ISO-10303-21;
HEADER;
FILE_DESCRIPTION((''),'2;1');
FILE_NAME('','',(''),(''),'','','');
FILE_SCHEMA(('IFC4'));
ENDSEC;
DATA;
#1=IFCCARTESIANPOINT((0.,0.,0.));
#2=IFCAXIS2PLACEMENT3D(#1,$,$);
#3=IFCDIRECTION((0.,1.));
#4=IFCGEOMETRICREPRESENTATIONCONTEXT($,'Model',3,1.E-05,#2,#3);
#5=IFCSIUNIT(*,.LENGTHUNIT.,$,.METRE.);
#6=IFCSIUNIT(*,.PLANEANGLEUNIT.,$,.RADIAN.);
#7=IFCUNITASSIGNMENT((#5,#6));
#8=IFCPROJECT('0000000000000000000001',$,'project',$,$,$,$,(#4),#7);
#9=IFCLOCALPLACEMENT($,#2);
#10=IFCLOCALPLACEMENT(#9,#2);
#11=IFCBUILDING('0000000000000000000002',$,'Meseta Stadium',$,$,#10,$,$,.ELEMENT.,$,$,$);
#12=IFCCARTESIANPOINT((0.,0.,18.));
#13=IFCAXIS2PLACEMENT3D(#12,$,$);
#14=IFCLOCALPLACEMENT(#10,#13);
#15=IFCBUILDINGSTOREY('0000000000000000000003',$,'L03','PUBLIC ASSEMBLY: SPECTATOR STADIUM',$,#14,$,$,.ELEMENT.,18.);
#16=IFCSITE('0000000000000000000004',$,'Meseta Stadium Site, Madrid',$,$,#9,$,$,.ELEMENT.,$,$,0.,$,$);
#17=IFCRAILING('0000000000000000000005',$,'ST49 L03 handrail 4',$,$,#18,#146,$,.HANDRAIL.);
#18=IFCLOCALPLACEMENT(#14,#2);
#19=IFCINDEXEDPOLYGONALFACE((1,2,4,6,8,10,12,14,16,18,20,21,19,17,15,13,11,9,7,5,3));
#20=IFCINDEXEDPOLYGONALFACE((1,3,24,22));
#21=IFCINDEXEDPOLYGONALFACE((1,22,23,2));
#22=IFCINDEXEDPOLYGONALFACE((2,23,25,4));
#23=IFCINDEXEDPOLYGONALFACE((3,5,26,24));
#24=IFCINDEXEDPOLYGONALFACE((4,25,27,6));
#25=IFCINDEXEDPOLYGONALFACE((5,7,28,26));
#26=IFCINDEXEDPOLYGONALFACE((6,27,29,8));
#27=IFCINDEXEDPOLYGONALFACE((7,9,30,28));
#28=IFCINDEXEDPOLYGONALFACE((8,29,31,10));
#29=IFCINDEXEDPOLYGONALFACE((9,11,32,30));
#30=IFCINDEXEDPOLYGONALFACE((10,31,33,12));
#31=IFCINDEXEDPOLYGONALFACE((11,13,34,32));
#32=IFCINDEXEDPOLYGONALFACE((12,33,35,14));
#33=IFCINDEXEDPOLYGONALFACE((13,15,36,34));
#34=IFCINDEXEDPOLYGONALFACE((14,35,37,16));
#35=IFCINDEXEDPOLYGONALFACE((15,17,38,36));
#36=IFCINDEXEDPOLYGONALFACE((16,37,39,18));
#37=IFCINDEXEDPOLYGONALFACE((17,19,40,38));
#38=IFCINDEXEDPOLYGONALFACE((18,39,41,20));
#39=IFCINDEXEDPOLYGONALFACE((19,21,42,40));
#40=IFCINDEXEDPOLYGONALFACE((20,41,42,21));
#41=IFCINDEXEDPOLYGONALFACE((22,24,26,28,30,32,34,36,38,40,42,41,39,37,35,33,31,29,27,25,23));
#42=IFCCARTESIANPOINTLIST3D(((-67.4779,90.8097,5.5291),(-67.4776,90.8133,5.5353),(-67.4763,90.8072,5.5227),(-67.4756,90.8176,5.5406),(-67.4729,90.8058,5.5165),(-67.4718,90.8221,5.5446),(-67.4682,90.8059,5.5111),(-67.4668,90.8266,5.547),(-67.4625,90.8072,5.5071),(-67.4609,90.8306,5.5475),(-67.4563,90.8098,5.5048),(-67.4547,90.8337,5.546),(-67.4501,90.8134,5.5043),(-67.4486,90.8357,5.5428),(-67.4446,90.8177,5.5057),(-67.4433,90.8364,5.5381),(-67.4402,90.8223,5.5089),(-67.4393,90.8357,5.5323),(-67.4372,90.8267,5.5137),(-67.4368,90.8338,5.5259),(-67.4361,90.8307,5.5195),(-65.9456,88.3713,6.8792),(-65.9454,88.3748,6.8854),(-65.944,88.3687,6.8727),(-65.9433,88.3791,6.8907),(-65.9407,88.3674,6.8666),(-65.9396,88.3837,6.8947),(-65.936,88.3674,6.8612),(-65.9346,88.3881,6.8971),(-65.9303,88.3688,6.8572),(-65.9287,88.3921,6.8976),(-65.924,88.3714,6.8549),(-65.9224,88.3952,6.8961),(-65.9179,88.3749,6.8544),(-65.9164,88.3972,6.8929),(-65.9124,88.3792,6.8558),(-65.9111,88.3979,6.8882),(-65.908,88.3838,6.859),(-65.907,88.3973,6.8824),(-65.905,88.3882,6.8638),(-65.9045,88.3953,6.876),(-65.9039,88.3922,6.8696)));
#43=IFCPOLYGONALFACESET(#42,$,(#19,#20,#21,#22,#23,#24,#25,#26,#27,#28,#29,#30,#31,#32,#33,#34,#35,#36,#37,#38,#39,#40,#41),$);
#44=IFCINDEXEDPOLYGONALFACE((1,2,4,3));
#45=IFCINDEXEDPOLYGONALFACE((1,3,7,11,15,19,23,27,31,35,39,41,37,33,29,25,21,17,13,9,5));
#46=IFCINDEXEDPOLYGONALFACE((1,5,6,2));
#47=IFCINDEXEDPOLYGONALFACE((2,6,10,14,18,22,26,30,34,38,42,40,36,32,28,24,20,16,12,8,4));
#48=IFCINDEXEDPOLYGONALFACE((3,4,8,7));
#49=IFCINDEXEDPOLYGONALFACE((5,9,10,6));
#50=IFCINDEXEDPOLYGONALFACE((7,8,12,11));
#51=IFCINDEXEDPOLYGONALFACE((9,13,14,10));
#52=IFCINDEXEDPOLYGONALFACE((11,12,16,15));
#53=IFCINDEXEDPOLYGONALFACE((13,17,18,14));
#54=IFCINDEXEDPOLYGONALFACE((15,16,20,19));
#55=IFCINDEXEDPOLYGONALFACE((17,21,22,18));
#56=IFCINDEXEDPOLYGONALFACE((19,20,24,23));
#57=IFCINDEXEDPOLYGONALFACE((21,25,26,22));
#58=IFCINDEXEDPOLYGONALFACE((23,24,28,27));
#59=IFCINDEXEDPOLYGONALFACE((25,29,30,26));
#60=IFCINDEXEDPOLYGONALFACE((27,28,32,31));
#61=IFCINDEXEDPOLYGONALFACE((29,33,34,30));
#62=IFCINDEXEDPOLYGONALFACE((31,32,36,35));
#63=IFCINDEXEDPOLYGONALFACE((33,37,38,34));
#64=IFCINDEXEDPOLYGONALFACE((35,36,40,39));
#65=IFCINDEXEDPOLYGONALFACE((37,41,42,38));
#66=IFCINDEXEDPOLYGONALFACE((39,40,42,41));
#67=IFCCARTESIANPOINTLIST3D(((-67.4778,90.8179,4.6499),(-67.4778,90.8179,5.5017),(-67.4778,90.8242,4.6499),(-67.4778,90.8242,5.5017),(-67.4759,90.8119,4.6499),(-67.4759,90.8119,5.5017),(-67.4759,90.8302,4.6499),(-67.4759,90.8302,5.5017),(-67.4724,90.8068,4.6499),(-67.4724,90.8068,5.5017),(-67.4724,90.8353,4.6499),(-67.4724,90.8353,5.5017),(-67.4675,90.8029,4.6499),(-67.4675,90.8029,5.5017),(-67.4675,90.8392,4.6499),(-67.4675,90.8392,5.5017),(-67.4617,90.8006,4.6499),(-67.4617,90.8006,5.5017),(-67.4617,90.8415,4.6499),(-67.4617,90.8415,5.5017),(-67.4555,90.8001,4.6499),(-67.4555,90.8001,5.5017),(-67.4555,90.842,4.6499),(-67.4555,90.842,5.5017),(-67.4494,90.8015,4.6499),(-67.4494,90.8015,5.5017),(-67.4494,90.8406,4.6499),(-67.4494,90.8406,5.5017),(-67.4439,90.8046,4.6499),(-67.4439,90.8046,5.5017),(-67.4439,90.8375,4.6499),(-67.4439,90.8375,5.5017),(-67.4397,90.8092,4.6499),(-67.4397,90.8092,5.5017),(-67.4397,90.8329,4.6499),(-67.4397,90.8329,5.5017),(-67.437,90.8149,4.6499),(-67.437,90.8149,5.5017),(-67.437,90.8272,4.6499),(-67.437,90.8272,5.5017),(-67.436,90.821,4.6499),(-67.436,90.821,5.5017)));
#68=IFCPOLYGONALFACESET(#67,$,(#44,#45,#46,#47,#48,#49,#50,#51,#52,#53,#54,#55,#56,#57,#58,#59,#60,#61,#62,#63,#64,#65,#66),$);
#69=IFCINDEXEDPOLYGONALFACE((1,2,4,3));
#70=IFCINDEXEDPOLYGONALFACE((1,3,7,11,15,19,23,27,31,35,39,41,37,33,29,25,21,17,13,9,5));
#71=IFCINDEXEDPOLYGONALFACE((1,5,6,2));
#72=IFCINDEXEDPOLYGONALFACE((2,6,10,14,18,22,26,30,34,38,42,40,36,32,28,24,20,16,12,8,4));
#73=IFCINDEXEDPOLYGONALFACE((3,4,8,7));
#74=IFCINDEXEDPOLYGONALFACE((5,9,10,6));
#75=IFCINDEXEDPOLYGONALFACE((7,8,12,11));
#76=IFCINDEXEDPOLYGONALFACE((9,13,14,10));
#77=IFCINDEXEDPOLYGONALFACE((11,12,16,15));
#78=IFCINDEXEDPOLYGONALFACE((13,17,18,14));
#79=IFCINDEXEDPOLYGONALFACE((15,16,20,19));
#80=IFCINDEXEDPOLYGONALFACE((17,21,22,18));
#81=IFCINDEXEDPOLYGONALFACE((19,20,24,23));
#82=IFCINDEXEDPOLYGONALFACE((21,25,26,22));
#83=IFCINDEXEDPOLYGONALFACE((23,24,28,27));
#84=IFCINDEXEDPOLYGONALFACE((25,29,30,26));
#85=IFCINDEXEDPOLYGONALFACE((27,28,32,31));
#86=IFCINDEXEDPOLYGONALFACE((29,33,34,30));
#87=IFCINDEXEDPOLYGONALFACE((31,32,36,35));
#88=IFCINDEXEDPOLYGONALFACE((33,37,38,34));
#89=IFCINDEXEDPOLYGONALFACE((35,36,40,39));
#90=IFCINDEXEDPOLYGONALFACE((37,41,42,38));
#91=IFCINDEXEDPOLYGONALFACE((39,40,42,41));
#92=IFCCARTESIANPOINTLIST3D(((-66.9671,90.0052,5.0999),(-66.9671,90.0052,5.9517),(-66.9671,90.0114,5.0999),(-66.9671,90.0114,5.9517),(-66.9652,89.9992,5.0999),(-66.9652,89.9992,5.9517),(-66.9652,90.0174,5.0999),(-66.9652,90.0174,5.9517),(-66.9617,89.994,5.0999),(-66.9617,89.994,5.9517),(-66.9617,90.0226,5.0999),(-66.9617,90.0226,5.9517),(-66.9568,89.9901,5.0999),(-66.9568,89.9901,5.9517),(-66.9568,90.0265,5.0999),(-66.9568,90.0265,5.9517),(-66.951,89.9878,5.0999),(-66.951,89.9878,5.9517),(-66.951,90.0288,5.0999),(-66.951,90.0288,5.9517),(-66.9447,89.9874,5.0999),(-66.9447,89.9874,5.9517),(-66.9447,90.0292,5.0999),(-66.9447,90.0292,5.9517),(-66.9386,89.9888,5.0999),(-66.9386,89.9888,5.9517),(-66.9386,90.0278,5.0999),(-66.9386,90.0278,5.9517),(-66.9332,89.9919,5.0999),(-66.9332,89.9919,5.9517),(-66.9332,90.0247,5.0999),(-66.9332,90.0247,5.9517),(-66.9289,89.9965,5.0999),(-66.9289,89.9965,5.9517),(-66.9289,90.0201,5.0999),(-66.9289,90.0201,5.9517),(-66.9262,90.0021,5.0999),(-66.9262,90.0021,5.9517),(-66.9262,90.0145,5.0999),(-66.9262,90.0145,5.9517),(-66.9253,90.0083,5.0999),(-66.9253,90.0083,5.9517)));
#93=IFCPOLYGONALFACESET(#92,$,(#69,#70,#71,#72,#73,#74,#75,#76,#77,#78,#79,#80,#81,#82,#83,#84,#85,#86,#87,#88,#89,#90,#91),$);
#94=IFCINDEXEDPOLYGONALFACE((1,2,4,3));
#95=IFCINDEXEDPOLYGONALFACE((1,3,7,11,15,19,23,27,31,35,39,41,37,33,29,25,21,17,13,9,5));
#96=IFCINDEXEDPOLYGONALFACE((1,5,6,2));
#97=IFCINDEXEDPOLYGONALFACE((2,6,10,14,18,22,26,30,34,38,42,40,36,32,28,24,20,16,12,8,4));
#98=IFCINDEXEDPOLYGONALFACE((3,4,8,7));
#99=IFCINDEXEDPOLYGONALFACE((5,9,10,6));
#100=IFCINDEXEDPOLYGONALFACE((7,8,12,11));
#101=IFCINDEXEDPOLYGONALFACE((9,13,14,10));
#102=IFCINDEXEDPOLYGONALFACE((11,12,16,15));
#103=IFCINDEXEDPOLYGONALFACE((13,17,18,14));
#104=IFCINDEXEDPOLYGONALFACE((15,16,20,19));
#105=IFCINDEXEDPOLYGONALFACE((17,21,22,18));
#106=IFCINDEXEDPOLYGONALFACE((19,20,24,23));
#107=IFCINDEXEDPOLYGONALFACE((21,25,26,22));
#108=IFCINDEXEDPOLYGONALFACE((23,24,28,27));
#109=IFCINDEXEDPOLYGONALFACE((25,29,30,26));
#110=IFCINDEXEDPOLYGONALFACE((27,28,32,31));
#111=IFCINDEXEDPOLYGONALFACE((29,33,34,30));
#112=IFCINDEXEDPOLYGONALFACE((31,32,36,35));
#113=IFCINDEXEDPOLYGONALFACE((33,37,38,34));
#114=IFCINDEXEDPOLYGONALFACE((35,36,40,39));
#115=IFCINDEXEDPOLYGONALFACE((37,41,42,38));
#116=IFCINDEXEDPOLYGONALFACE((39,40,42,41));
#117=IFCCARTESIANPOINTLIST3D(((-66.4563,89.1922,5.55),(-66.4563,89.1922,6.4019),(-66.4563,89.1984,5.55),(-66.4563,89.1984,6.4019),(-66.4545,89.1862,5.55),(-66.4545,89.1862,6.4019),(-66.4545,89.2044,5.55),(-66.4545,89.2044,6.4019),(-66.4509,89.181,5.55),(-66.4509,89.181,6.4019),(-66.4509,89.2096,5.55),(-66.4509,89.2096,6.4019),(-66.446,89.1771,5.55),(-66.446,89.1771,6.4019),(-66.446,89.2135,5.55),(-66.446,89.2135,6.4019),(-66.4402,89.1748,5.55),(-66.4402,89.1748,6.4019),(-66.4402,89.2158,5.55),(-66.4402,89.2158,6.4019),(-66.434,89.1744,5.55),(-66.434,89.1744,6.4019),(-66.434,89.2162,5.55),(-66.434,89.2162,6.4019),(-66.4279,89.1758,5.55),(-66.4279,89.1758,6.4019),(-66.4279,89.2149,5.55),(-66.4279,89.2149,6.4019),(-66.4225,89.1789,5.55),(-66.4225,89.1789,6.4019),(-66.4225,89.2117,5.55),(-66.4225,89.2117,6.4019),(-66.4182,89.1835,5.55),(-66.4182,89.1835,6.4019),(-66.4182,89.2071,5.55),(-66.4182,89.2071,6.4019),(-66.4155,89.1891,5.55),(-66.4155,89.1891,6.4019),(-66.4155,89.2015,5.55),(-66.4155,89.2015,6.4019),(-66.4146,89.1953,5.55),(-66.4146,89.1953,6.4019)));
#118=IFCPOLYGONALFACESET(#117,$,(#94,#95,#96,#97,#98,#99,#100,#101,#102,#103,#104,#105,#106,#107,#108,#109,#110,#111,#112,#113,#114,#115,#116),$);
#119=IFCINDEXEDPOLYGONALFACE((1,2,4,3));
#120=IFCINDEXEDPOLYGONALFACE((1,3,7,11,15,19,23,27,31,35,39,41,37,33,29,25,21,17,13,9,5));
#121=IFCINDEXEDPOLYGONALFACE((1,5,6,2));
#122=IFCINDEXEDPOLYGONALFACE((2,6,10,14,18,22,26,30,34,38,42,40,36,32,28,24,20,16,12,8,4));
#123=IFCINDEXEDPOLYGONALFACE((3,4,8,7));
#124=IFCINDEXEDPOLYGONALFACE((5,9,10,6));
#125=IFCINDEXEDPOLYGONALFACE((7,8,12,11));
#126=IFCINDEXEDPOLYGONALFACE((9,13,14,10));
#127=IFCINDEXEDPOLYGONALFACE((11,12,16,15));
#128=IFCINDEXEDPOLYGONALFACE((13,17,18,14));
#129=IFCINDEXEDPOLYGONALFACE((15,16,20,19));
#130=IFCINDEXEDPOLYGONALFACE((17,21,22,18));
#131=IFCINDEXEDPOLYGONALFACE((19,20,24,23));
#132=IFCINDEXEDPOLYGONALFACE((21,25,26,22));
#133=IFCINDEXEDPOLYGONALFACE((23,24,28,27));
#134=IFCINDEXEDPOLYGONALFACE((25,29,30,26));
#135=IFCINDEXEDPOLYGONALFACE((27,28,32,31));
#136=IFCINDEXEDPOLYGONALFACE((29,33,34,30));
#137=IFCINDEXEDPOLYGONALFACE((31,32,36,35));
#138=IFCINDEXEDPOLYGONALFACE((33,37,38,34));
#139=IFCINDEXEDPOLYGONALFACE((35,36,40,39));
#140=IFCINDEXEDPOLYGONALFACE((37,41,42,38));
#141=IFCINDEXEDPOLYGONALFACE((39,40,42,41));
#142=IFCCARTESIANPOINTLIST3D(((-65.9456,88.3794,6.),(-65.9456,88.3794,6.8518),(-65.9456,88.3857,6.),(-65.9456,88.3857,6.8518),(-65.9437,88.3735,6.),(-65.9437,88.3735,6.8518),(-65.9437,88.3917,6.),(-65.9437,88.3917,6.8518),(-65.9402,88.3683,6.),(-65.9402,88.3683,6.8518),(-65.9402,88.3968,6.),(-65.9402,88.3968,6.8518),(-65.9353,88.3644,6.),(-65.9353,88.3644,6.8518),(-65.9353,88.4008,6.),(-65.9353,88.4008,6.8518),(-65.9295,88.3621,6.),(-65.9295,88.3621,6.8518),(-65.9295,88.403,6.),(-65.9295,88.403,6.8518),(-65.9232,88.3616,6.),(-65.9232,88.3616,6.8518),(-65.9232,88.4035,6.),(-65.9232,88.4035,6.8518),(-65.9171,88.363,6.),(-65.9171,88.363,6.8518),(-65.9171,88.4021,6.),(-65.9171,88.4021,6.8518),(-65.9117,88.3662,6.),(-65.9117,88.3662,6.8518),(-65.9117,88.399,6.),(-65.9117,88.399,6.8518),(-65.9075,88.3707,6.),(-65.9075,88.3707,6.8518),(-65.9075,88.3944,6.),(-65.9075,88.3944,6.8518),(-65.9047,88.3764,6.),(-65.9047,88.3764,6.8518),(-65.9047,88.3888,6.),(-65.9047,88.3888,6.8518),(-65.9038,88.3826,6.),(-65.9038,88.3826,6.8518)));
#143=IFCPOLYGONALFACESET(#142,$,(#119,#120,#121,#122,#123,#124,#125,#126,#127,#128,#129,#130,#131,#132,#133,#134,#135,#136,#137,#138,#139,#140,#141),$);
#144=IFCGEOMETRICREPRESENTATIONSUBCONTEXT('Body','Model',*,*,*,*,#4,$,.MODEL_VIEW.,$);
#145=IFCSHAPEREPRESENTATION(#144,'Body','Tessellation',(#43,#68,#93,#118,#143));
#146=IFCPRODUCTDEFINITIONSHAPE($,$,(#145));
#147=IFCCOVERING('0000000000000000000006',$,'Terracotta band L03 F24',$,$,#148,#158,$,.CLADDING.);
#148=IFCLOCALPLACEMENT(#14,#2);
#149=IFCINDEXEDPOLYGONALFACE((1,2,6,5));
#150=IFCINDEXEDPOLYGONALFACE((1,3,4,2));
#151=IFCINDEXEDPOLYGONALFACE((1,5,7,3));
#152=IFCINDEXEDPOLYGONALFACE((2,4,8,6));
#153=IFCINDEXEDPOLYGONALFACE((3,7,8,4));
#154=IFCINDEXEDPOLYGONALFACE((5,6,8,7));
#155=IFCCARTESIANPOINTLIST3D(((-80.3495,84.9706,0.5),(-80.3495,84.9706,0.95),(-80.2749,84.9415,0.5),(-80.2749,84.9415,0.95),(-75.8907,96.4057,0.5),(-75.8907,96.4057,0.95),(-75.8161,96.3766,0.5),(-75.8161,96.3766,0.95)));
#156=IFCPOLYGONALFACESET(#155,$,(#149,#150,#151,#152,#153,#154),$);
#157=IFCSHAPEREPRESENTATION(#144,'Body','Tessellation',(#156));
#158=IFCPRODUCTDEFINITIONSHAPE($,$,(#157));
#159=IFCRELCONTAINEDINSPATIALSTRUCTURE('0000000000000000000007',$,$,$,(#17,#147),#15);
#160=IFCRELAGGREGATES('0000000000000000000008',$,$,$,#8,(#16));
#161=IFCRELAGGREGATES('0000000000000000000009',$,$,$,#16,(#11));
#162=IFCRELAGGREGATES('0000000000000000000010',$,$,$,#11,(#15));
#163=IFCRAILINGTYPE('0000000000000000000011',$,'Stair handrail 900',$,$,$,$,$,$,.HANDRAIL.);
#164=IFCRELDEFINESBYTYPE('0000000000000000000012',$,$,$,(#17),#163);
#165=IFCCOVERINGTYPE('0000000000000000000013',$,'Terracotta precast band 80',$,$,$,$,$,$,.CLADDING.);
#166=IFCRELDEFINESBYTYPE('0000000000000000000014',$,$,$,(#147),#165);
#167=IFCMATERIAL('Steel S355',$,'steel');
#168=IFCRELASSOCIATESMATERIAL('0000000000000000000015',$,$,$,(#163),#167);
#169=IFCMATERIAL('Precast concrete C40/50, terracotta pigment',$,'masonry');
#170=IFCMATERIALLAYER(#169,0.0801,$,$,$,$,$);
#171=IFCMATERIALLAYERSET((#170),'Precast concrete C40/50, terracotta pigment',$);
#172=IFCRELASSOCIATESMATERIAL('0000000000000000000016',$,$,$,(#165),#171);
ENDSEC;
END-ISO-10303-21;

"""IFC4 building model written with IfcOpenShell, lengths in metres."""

from ifc_helpers import new_model, si_unit, direction, frame, origin, origin_2d, place, context, subcontext, project, spatial, rectangle, circle, extrude, material, layer, layer_set, type_object, element, save


model = new_model("IFC4")

# Units and contexts
model_context = context("Model", 3, precision=1e-05, world=origin(), true_north=direction((0.0, 1.0)))
body_context = subcontext(model_context, "Body", "Model", "MODEL_VIEW")
ifc_project = project(units=[si_unit("LENGTHUNIT", "METRE"), si_unit("PLANEANGLEUNIT", "RADIAN")], contexts=[model_context])

# Site, building, storey
site_placement = place(None, origin())
site = spatial("IfcSite", under=ifc_project, at=site_placement, Name="Meseta Stadium Site, Madrid", CompositionType="ELEMENT", RefElevation=0.0)
building_placement = place(site_placement, origin())
building = spatial("IfcBuilding", under=site, at=building_placement, Name="Meseta Stadium", CompositionType="ELEMENT")
storey_placement = place(building_placement, frame((0.0, 0.0, 18.0)))
storey = spatial("IfcBuildingStorey", under=building, at=storey_placement, Name="L03", Description="PUBLIC ASSEMBLY: SPECTATOR STADIUM", CompositionType="ELEMENT", Elevation=18.0)

# Railing
ifc_material_1 = material(Name="Steel S355", Category="steel")
railing_type_1 = type_object("IfcRailingType", Name="Stair handrail 900", PredefinedType="HANDRAIL", material=ifc_material_1)
for number, where, name in (
    (1, (-67.457, 90.821, 4.6499), "ST49 L03 handrail 4"),
):
    element("IfcRailing", number, at=place(storey_placement, frame(where)), inside=storey, type_object=railing_type_1, Name=name, PredefinedType="HANDRAIL", context=body_context, shape_type="SweptSolid", body=[
        extrude(circle(Radius=0.0239, at=origin_2d()), frame((0.0, 0.0, 0.876), z_axis=(0.481731, -0.766655, 0.42447), x_axis=(0.846719, 0.53204, 0.0)), (0.0, 0.0, 1.0), 3.1807),
        extrude(circle(Radius=0.021, at=origin_2d()), origin(), (0.0, 0.0, 1.0), 0.8518),
        extrude(circle(Radius=0.021, at=origin_2d()), frame((0.5107, -0.8127, 0.45)), (0.0, 0.0, 1.0), 0.8518),
        extrude(circle(Radius=0.021, at=origin_2d()), frame((1.0215, -1.6257, 0.9001)), (0.0, 0.0, 1.0), 0.8518),
        extrude(circle(Radius=0.021, at=origin_2d()), frame((1.5322, -2.4385, 1.3501)), (0.0, 0.0, 1.0), 0.8518),
    ])

# Covering
ifc_material_2 = material(Name="Precast concrete C40/50, terracotta pigment", Category="masonry")
ifc_layer_1 = layer(ifc_material_2, 0.0801)
ifc_layer_set_1 = layer_set([ifc_layer_1], Name="Precast concrete C40/50, terracotta pigment")
covering_type_1 = type_object("IfcCoveringType", Name="Terracotta precast band 80", PredefinedType="CLADDING", material=ifc_layer_set_1)
covering_1_placement = place(storey_placement, frame((-78.0828, 90.6736, 0.5), z_axis=(0.0, 0.0, 1.0), x_axis=(0.363281, 0.93168, 0.0)))
element("IfcCovering", 2, at=covering_1_placement, inside=storey, type_object=covering_type_1, Name="Terracotta band L03 F24", PredefinedType="CLADDING", context=body_context, shape_type="SweptSolid", body=[
    extrude(rectangle(XDim=12.2737, YDim=0.0801, at=origin_2d()), origin(), (0.0, 0.0, 1.0), 0.45),
])

save(model, "model.ifc")
